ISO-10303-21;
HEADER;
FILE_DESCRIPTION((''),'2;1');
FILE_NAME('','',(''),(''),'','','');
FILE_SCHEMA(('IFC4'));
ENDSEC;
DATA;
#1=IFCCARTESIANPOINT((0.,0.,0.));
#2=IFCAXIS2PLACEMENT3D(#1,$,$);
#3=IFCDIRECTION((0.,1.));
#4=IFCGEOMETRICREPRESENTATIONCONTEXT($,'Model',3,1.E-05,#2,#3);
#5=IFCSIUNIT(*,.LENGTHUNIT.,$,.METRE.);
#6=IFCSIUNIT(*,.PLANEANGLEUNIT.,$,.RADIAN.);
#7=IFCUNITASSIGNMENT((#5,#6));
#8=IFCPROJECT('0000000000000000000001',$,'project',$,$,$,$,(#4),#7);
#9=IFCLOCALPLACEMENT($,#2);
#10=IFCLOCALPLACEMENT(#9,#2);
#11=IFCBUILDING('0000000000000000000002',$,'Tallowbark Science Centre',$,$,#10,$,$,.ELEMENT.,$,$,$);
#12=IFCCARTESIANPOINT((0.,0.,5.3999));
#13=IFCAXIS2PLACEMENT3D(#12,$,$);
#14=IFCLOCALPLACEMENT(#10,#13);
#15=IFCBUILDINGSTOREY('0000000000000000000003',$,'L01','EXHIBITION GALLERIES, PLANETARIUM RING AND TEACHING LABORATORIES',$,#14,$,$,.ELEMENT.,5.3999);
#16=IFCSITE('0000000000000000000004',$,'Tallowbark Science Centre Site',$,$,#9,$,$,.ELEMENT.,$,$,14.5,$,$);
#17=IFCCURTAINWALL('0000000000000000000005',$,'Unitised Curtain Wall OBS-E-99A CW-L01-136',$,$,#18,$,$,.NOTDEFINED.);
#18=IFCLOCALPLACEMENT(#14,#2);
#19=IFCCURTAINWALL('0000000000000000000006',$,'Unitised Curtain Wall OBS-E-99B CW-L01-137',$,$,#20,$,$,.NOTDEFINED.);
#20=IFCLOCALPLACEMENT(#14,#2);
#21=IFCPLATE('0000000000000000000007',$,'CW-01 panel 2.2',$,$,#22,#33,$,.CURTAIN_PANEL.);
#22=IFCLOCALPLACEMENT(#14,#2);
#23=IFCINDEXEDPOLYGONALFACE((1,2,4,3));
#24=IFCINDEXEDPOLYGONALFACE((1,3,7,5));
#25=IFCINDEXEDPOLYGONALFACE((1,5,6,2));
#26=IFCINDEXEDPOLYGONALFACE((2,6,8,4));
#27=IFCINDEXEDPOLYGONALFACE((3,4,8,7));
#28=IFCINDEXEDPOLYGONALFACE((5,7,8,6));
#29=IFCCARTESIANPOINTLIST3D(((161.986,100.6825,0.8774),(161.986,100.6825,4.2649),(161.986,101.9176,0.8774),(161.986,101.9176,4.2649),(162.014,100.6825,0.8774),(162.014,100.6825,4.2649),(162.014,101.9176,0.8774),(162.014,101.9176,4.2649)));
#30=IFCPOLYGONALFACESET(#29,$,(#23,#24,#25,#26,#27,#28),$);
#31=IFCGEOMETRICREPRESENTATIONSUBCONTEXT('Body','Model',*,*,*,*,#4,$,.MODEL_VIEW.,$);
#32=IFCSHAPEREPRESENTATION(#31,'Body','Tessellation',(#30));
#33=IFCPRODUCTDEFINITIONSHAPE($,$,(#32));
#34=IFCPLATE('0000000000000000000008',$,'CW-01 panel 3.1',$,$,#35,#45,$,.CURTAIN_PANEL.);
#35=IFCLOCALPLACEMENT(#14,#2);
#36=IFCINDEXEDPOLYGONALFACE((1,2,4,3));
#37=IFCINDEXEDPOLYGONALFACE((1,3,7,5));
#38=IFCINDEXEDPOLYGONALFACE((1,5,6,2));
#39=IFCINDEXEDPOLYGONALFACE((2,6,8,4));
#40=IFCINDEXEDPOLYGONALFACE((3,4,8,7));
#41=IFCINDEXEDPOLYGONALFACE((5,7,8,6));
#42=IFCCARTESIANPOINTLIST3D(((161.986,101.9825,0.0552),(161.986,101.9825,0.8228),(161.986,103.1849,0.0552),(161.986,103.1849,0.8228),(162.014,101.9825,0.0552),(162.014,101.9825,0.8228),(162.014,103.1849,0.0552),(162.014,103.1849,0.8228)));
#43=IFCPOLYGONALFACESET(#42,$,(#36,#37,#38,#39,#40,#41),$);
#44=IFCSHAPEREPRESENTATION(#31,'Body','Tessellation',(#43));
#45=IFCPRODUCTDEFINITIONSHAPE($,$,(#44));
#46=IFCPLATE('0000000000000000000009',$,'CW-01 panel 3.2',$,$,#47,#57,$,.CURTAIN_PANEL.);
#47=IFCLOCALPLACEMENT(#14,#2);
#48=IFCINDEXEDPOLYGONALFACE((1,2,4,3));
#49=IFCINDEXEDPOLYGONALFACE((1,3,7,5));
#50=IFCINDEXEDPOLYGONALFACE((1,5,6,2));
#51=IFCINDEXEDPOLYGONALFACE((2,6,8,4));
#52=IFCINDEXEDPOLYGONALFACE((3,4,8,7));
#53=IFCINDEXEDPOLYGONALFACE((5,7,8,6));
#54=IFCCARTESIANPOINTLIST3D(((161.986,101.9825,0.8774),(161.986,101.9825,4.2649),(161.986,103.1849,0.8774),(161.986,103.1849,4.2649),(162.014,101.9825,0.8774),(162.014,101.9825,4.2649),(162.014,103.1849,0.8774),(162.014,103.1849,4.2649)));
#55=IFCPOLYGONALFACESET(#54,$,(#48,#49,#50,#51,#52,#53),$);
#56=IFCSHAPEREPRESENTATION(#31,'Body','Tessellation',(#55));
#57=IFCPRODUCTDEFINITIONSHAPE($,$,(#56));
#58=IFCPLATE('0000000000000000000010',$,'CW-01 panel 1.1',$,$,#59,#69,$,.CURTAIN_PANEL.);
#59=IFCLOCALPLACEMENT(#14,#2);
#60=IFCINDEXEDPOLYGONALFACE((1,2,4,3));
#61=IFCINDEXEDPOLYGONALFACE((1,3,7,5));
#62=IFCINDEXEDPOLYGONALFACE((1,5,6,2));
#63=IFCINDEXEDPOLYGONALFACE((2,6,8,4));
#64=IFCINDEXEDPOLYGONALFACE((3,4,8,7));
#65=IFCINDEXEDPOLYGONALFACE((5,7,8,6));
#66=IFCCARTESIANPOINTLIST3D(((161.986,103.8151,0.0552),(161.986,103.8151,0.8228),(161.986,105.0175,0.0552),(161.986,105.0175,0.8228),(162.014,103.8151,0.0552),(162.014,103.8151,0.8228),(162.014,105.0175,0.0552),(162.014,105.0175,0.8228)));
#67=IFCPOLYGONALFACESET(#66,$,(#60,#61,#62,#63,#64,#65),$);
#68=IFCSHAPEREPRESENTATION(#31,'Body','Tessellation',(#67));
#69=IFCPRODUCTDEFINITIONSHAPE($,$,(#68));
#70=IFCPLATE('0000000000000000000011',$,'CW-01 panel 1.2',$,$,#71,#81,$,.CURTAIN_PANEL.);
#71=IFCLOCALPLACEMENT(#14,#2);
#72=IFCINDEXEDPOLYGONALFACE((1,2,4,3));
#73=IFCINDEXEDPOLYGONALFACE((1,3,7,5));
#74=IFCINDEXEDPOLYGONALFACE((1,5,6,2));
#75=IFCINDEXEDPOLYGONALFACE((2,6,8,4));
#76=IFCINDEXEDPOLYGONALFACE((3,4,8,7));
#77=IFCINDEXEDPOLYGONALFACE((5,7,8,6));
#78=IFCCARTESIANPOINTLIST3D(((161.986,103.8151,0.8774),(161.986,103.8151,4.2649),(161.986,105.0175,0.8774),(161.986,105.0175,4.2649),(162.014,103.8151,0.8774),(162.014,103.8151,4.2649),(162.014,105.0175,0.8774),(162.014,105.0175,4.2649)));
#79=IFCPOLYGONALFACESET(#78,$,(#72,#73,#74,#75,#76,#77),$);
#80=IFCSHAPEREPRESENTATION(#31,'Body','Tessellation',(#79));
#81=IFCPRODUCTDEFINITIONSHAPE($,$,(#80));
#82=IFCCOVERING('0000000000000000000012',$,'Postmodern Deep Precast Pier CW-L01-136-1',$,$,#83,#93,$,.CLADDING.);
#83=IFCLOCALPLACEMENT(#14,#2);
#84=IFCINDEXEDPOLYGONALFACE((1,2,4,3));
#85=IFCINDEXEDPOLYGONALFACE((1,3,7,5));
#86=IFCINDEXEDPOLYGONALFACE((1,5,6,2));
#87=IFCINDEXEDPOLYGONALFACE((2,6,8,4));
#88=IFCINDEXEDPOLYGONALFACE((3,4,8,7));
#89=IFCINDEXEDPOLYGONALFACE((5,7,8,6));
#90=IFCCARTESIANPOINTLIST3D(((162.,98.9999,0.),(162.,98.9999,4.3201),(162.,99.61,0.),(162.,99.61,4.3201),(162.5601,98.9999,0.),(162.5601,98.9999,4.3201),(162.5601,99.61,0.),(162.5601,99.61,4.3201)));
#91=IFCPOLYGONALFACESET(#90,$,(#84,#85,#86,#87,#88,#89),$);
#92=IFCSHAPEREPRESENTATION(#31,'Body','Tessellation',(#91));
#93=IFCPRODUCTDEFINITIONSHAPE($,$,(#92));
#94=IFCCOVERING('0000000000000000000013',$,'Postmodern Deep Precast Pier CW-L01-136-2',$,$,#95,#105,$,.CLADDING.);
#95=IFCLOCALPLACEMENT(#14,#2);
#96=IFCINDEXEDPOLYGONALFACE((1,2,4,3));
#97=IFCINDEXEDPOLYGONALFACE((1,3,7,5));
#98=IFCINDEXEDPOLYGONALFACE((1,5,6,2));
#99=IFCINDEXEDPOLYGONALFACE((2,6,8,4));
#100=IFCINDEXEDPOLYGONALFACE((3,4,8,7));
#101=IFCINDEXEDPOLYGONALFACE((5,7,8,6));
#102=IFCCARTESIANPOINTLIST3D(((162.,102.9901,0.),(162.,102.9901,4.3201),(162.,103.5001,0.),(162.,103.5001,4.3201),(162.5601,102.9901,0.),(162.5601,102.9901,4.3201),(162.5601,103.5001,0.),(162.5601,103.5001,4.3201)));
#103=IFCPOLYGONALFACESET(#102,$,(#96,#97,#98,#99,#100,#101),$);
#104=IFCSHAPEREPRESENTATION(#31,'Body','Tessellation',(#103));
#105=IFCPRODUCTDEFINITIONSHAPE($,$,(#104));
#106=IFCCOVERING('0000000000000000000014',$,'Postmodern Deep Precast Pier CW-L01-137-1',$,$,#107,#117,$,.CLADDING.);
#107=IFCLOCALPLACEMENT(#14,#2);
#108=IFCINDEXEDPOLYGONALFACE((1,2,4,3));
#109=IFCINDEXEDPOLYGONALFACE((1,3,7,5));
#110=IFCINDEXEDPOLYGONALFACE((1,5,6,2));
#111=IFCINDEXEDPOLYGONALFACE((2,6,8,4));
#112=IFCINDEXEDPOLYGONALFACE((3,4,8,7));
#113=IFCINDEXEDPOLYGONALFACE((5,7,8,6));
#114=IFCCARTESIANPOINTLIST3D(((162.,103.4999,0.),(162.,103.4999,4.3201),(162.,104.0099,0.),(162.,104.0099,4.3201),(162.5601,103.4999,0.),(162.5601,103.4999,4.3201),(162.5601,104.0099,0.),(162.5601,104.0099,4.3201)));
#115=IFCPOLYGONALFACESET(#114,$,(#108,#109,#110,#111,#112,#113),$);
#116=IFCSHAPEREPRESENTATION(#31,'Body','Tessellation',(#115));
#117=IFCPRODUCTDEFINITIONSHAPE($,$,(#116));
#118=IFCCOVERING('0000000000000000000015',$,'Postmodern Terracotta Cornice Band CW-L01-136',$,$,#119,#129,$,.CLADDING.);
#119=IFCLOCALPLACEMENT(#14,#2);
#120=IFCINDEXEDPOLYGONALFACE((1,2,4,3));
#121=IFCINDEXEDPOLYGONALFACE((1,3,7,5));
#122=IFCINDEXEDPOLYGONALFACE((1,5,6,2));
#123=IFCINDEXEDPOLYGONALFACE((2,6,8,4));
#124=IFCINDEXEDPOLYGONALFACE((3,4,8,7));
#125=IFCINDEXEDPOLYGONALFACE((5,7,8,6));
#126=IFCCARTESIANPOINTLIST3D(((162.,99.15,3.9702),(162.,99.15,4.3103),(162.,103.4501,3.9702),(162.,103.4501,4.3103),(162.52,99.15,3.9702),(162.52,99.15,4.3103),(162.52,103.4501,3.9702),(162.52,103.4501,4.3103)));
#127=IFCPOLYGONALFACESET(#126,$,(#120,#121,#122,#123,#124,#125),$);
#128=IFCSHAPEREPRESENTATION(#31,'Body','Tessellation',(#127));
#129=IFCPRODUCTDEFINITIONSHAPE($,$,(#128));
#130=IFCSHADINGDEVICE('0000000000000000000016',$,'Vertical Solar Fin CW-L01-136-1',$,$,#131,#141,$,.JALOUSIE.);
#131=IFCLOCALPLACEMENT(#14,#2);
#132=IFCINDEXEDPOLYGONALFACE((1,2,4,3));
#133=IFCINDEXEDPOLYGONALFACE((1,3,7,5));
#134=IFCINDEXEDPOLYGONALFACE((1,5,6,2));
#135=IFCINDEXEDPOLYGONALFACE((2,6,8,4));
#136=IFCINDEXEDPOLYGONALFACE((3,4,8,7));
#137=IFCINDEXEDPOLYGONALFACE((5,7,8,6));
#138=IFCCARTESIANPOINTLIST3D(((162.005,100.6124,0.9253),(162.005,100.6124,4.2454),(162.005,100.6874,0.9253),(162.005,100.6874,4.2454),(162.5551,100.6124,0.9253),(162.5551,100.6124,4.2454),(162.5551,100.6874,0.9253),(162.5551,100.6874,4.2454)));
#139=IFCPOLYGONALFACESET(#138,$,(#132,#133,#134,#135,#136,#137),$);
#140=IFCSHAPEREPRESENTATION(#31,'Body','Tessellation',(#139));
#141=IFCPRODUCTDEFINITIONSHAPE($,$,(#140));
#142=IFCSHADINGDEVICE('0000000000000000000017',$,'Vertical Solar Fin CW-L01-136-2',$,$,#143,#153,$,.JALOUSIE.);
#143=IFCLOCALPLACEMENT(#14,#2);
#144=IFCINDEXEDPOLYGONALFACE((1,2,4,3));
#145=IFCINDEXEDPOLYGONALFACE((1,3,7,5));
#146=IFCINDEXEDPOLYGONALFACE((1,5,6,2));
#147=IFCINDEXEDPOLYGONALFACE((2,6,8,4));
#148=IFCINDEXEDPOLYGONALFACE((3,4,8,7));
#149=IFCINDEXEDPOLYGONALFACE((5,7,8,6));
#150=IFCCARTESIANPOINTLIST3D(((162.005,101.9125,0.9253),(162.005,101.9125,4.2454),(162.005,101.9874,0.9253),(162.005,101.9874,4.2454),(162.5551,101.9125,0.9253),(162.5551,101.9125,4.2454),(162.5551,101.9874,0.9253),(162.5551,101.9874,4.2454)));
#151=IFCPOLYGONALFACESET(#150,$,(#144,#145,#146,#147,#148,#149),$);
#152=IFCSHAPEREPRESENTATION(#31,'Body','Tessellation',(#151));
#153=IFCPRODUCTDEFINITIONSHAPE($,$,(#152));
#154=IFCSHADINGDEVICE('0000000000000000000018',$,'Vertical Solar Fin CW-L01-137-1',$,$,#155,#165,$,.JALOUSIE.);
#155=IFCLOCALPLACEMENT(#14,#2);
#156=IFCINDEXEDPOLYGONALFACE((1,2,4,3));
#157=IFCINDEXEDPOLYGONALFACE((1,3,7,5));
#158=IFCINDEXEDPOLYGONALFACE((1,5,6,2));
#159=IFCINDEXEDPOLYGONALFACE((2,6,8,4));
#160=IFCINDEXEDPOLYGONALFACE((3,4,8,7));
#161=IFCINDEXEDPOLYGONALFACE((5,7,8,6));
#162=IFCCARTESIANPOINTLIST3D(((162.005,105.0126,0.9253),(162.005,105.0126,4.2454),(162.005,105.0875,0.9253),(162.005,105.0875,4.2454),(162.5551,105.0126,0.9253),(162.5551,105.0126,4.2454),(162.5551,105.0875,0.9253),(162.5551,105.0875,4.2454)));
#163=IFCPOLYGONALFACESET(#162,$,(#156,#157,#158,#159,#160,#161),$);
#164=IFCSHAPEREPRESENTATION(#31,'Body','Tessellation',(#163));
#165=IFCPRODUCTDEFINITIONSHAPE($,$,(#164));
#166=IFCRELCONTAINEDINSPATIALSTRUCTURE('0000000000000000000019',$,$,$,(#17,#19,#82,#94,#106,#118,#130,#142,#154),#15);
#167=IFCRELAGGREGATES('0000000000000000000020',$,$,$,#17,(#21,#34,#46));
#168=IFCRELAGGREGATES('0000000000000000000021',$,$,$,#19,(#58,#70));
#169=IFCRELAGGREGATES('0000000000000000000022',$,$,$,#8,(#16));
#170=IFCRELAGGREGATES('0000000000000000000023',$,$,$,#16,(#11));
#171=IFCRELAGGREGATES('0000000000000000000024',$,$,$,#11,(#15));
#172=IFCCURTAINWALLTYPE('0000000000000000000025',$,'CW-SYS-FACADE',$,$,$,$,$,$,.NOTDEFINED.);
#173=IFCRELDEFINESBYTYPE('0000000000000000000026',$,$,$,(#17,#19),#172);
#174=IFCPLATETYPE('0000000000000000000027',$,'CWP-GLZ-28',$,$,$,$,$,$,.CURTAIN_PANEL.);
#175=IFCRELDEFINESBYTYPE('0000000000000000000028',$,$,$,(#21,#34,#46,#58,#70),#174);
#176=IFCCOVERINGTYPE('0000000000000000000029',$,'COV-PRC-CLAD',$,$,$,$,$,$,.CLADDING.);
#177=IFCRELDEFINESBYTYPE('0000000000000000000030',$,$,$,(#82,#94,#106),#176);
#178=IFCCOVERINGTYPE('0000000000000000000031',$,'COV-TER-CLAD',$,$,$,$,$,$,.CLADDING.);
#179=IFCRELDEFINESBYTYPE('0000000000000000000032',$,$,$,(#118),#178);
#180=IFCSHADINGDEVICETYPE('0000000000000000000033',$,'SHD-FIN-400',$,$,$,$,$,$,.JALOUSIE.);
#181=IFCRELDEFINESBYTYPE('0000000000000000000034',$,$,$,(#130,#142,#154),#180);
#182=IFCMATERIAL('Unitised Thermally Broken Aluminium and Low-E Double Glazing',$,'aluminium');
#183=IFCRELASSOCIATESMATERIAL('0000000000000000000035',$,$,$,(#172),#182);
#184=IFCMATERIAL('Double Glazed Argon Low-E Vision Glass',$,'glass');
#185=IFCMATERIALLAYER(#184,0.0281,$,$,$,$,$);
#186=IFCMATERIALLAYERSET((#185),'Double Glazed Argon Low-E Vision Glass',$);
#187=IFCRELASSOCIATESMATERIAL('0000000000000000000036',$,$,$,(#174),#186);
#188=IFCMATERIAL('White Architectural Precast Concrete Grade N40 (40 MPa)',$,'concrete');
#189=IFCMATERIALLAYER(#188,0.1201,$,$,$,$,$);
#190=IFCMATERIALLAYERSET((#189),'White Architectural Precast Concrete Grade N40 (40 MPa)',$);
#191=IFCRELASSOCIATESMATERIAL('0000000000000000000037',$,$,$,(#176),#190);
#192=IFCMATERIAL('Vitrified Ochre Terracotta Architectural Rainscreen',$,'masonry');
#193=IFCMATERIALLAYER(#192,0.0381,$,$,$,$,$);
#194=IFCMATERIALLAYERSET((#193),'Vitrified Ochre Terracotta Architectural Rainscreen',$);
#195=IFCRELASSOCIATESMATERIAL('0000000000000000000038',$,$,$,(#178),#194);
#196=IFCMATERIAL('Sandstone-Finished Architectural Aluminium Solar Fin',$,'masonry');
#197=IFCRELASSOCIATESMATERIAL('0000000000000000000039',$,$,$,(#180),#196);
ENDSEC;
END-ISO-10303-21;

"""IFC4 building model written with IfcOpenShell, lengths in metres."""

from ifc_helpers import new_model, si_unit, direction, frame, origin, origin_2d, place, context, subcontext, project, spatial, rectangle, extrude, material, layer, layer_set, type_object, element, aggregate, save


model = new_model("IFC4")

# Units and contexts
model_context = context("Model", 3, precision=1e-05, world=origin(), true_north=direction((0.0, 1.0)))
body_context = subcontext(model_context, "Body", "Model", "MODEL_VIEW")
ifc_project = project(units=[si_unit("LENGTHUNIT", "METRE"), si_unit("PLANEANGLEUNIT", "RADIAN")], contexts=[model_context])

# Site, building, storey
site_placement = place(None, origin())
site = spatial("IfcSite", under=ifc_project, at=site_placement, Name="Tallowbark Science Centre Site", CompositionType="ELEMENT", RefElevation=14.5)
building_placement = place(site_placement, origin())
building = spatial("IfcBuilding", under=site, at=building_placement, Name="Tallowbark Science Centre", CompositionType="ELEMENT")
storey_placement = place(building_placement, frame((0.0, 0.0, 5.3999)))
storey = spatial("IfcBuildingStorey", under=building, at=storey_placement, Name="L01", Description="EXHIBITION GALLERIES, PLANETARIUM RING AND TEACHING LABORATORIES", CompositionType="ELEMENT", Elevation=5.3999)

# Curtain walls
ifc_material_1 = material(Name="Unitised Thermally Broken Aluminium and Low-E Double Glazing", Category="aluminium")
curtain_wall_type = type_object("IfcCurtainWallType", Name="CW-SYS-FACADE", PredefinedType="NOTDEFINED", material=ifc_material_1)
curtain_wall_1_placement = place(storey_placement, origin())
curtain_wall_1 = element("IfcCurtainWall", 1, at=curtain_wall_1_placement, inside=storey, type_object=curtain_wall_type, Name="Unitised Curtain Wall OBS-E-99A CW-L01-136", PredefinedType="NOTDEFINED")
curtain_wall_2_placement = place(storey_placement, origin())
curtain_wall_2 = element("IfcCurtainWall", 2, at=curtain_wall_2_placement, inside=storey, type_object=curtain_wall_type, Name="Unitised Curtain Wall OBS-E-99B CW-L01-137", PredefinedType="NOTDEFINED")

# Plates
ifc_material_2 = material(Name="Double Glazed Argon Low-E Vision Glass", Category="glass")
ifc_layer_1 = layer(ifc_material_2, 0.0281)
ifc_layer_set_1 = layer_set([ifc_layer_1], Name="Double Glazed Argon Low-E Vision Glass")
plate_type = type_object("IfcPlateType", Name="CWP-GLZ-28", PredefinedType="CURTAIN_PANEL", material=ifc_layer_set_1)
plate_1_placement = place(storey_placement, frame((162.0, 101.3, 0.8774), z_axis=(0.0, 0.0, 1.0), x_axis=(0.0, 1.0, 0.0)))
plate_1 = element("IfcPlate", 3, at=plate_1_placement, type_object=plate_type, Name="CW-01 panel 2.2", PredefinedType="CURTAIN_PANEL", context=body_context, shape_type="SweptSolid", body=[
    extrude(rectangle(XDim=1.2351, YDim=0.0281, at=origin_2d()), origin(), (0.0, 0.0, 1.0), 3.3875),
])
plate_2_placement = place(storey_placement, frame((162.0, 102.5837, 0.0552), z_axis=(0.0, 0.0, 1.0), x_axis=(0.0, 1.0, 0.0)))
plate_2 = element("IfcPlate", 4, at=plate_2_placement, type_object=plate_type, Name="CW-01 panel 3.1", PredefinedType="CURTAIN_PANEL", context=body_context, shape_type="SweptSolid", body=[
    extrude(rectangle(XDim=1.2024, YDim=0.0281, at=origin_2d()), origin(), (0.0, 0.0, 1.0), 0.7676),
])
plate_3_placement = place(storey_placement, frame((162.0, 102.5837, 0.8774), z_axis=(0.0, 0.0, 1.0), x_axis=(0.0, 1.0, 0.0)))
plate_3 = element("IfcPlate", 5, at=plate_3_placement, type_object=plate_type, Name="CW-01 panel 3.2", PredefinedType="CURTAIN_PANEL", context=body_context, shape_type="SweptSolid", body=[
    extrude(rectangle(XDim=1.2024, YDim=0.0281, at=origin_2d()), origin(), (0.0, 0.0, 1.0), 3.3875),
])
aggregate(curtain_wall_1, [plate_1, plate_2, plate_3])
plate_4_placement = place(storey_placement, frame((162.0, 104.4163, 0.0552), z_axis=(0.0, 0.0, 1.0), x_axis=(0.0, 1.0, 0.0)))
plate_4 = element("IfcPlate", 6, at=plate_4_placement, type_object=plate_type, Name="CW-01 panel 1.1", PredefinedType="CURTAIN_PANEL", context=body_context, shape_type="SweptSolid", body=[
    extrude(rectangle(XDim=1.2024, YDim=0.0281, at=origin_2d()), origin(), (0.0, 0.0, 1.0), 0.7676),
])
plate_5_placement = place(storey_placement, frame((162.0, 104.4163, 0.8774), z_axis=(0.0, 0.0, 1.0), x_axis=(0.0, 1.0, 0.0)))
plate_5 = element("IfcPlate", 7, at=plate_5_placement, type_object=plate_type, Name="CW-01 panel 1.2", PredefinedType="CURTAIN_PANEL", context=body_context, shape_type="SweptSolid", body=[
    extrude(rectangle(XDim=1.2024, YDim=0.0281, at=origin_2d()), origin(), (0.0, 0.0, 1.0), 3.3875),
])
aggregate(curtain_wall_2, [plate_4, plate_5])

# Coverings
ifc_material_3 = material(Name="White Architectural Precast Concrete Grade N40 (40 MPa)", Category="concrete")
ifc_layer_2 = layer(ifc_material_3, 0.1201)
ifc_layer_set_2 = layer_set([ifc_layer_2], Name="White Architectural Precast Concrete Grade N40 (40 MPa)")
covering_type_1 = type_object("IfcCoveringType", Name="COV-PRC-CLAD", PredefinedType="CLADDING", material=ifc_layer_set_2)
covering_1_placement = place(storey_placement, frame((162.28, 99.3049, 0.0), z_axis=(0.0, 0.0, 1.0), x_axis=(0.0, 1.0, 0.0)))
element("IfcCovering", 8, at=covering_1_placement, inside=storey, type_object=covering_type_1, Name="Postmodern Deep Precast Pier CW-L01-136-1", PredefinedType="CLADDING", context=body_context, shape_type="SweptSolid", body=[
    extrude(rectangle(XDim=0.6101, YDim=0.5601, at=origin_2d()), origin(), (0.0, 0.0, 1.0), 4.3201),
])
for number, where, z_axis, x_axis, name in (
    (9, (162.28, 103.2451, 0.0), (0.0, 0.0, 1.0), (0.0, 1.0, 0.0), "Postmodern Deep Precast Pier CW-L01-136-2"),
    (10, (162.28, 103.7549, 0.0), (0.0, 0.0, 1.0), (0.0, 1.0, 0.0), "Postmodern Deep Precast Pier CW-L01-137-1"),
):
    element("IfcCovering", number, at=place(storey_placement, frame(where, z_axis=z_axis, x_axis=x_axis)), inside=storey, type_object=covering_type_1, Name=name, PredefinedType="CLADDING", context=body_context, shape_type="SweptSolid", body=[
        extrude(rectangle(XDim=0.51, YDim=0.5601, at=origin_2d()), origin(), (0.0, 0.0, 1.0), 4.3201),
    ])
ifc_material_4 = material(Name="Vitrified Ochre Terracotta Architectural Rainscreen", Category="masonry")
ifc_layer_3 = layer(ifc_material_4, 0.0381)
ifc_layer_set_3 = layer_set([ifc_layer_3], Name="Vitrified Ochre Terracotta Architectural Rainscreen")
covering_type_2 = type_object("IfcCoveringType", Name="COV-TER-CLAD", PredefinedType="CLADDING", material=ifc_layer_set_3)
covering_2_placement = place(storey_placement, frame((162.26, 101.3, 3.9702), z_axis=(0.0, 0.0, 1.0), x_axis=(0.0, 1.0, 0.0)))
element("IfcCovering", 11, at=covering_2_placement, inside=storey, type_object=covering_type_2, Name="Postmodern Terracotta Cornice Band CW-L01-136", PredefinedType="CLADDING", context=body_context, shape_type="SweptSolid", body=[
    extrude(rectangle(XDim=4.3, YDim=0.52, at=origin_2d()), origin(), (0.0, 0.0, 1.0), 0.3401),
])

# Shading devices
ifc_material_5 = material(Name="Sandstone-Finished Architectural Aluminium Solar Fin", Category="masonry")
shading_device_type = type_object("IfcShadingDeviceType", Name="SHD-FIN-400", PredefinedType="JALOUSIE", material=ifc_material_5)
for number, where, z_axis, x_axis, name in (
    (12, (162.28, 100.6499, 0.9253), (0.0, 0.0, 1.0), (0.0, 1.0, 0.0), "Vertical Solar Fin CW-L01-136-1"),
    (13, (162.28, 101.95, 0.9253), (0.0, 0.0, 1.0), (0.0, 1.0, 0.0), "Vertical Solar Fin CW-L01-136-2"),
    (14, (162.28, 105.05, 0.9253), (0.0, 0.0, 1.0), (0.0, 1.0, 0.0), "Vertical Solar Fin CW-L01-137-1"),
):
    element("IfcShadingDevice", number, at=place(storey_placement, frame(where, z_axis=z_axis, x_axis=x_axis)), inside=storey, type_object=shading_device_type, Name=name, PredefinedType="JALOUSIE", context=body_context, shape_type="SweptSolid", body=[
        extrude(rectangle(XDim=0.075, YDim=0.55, at=origin_2d()), origin(), (0.0, 0.0, 1.0), 3.3201),
    ])

save(model, "model.ifc")
